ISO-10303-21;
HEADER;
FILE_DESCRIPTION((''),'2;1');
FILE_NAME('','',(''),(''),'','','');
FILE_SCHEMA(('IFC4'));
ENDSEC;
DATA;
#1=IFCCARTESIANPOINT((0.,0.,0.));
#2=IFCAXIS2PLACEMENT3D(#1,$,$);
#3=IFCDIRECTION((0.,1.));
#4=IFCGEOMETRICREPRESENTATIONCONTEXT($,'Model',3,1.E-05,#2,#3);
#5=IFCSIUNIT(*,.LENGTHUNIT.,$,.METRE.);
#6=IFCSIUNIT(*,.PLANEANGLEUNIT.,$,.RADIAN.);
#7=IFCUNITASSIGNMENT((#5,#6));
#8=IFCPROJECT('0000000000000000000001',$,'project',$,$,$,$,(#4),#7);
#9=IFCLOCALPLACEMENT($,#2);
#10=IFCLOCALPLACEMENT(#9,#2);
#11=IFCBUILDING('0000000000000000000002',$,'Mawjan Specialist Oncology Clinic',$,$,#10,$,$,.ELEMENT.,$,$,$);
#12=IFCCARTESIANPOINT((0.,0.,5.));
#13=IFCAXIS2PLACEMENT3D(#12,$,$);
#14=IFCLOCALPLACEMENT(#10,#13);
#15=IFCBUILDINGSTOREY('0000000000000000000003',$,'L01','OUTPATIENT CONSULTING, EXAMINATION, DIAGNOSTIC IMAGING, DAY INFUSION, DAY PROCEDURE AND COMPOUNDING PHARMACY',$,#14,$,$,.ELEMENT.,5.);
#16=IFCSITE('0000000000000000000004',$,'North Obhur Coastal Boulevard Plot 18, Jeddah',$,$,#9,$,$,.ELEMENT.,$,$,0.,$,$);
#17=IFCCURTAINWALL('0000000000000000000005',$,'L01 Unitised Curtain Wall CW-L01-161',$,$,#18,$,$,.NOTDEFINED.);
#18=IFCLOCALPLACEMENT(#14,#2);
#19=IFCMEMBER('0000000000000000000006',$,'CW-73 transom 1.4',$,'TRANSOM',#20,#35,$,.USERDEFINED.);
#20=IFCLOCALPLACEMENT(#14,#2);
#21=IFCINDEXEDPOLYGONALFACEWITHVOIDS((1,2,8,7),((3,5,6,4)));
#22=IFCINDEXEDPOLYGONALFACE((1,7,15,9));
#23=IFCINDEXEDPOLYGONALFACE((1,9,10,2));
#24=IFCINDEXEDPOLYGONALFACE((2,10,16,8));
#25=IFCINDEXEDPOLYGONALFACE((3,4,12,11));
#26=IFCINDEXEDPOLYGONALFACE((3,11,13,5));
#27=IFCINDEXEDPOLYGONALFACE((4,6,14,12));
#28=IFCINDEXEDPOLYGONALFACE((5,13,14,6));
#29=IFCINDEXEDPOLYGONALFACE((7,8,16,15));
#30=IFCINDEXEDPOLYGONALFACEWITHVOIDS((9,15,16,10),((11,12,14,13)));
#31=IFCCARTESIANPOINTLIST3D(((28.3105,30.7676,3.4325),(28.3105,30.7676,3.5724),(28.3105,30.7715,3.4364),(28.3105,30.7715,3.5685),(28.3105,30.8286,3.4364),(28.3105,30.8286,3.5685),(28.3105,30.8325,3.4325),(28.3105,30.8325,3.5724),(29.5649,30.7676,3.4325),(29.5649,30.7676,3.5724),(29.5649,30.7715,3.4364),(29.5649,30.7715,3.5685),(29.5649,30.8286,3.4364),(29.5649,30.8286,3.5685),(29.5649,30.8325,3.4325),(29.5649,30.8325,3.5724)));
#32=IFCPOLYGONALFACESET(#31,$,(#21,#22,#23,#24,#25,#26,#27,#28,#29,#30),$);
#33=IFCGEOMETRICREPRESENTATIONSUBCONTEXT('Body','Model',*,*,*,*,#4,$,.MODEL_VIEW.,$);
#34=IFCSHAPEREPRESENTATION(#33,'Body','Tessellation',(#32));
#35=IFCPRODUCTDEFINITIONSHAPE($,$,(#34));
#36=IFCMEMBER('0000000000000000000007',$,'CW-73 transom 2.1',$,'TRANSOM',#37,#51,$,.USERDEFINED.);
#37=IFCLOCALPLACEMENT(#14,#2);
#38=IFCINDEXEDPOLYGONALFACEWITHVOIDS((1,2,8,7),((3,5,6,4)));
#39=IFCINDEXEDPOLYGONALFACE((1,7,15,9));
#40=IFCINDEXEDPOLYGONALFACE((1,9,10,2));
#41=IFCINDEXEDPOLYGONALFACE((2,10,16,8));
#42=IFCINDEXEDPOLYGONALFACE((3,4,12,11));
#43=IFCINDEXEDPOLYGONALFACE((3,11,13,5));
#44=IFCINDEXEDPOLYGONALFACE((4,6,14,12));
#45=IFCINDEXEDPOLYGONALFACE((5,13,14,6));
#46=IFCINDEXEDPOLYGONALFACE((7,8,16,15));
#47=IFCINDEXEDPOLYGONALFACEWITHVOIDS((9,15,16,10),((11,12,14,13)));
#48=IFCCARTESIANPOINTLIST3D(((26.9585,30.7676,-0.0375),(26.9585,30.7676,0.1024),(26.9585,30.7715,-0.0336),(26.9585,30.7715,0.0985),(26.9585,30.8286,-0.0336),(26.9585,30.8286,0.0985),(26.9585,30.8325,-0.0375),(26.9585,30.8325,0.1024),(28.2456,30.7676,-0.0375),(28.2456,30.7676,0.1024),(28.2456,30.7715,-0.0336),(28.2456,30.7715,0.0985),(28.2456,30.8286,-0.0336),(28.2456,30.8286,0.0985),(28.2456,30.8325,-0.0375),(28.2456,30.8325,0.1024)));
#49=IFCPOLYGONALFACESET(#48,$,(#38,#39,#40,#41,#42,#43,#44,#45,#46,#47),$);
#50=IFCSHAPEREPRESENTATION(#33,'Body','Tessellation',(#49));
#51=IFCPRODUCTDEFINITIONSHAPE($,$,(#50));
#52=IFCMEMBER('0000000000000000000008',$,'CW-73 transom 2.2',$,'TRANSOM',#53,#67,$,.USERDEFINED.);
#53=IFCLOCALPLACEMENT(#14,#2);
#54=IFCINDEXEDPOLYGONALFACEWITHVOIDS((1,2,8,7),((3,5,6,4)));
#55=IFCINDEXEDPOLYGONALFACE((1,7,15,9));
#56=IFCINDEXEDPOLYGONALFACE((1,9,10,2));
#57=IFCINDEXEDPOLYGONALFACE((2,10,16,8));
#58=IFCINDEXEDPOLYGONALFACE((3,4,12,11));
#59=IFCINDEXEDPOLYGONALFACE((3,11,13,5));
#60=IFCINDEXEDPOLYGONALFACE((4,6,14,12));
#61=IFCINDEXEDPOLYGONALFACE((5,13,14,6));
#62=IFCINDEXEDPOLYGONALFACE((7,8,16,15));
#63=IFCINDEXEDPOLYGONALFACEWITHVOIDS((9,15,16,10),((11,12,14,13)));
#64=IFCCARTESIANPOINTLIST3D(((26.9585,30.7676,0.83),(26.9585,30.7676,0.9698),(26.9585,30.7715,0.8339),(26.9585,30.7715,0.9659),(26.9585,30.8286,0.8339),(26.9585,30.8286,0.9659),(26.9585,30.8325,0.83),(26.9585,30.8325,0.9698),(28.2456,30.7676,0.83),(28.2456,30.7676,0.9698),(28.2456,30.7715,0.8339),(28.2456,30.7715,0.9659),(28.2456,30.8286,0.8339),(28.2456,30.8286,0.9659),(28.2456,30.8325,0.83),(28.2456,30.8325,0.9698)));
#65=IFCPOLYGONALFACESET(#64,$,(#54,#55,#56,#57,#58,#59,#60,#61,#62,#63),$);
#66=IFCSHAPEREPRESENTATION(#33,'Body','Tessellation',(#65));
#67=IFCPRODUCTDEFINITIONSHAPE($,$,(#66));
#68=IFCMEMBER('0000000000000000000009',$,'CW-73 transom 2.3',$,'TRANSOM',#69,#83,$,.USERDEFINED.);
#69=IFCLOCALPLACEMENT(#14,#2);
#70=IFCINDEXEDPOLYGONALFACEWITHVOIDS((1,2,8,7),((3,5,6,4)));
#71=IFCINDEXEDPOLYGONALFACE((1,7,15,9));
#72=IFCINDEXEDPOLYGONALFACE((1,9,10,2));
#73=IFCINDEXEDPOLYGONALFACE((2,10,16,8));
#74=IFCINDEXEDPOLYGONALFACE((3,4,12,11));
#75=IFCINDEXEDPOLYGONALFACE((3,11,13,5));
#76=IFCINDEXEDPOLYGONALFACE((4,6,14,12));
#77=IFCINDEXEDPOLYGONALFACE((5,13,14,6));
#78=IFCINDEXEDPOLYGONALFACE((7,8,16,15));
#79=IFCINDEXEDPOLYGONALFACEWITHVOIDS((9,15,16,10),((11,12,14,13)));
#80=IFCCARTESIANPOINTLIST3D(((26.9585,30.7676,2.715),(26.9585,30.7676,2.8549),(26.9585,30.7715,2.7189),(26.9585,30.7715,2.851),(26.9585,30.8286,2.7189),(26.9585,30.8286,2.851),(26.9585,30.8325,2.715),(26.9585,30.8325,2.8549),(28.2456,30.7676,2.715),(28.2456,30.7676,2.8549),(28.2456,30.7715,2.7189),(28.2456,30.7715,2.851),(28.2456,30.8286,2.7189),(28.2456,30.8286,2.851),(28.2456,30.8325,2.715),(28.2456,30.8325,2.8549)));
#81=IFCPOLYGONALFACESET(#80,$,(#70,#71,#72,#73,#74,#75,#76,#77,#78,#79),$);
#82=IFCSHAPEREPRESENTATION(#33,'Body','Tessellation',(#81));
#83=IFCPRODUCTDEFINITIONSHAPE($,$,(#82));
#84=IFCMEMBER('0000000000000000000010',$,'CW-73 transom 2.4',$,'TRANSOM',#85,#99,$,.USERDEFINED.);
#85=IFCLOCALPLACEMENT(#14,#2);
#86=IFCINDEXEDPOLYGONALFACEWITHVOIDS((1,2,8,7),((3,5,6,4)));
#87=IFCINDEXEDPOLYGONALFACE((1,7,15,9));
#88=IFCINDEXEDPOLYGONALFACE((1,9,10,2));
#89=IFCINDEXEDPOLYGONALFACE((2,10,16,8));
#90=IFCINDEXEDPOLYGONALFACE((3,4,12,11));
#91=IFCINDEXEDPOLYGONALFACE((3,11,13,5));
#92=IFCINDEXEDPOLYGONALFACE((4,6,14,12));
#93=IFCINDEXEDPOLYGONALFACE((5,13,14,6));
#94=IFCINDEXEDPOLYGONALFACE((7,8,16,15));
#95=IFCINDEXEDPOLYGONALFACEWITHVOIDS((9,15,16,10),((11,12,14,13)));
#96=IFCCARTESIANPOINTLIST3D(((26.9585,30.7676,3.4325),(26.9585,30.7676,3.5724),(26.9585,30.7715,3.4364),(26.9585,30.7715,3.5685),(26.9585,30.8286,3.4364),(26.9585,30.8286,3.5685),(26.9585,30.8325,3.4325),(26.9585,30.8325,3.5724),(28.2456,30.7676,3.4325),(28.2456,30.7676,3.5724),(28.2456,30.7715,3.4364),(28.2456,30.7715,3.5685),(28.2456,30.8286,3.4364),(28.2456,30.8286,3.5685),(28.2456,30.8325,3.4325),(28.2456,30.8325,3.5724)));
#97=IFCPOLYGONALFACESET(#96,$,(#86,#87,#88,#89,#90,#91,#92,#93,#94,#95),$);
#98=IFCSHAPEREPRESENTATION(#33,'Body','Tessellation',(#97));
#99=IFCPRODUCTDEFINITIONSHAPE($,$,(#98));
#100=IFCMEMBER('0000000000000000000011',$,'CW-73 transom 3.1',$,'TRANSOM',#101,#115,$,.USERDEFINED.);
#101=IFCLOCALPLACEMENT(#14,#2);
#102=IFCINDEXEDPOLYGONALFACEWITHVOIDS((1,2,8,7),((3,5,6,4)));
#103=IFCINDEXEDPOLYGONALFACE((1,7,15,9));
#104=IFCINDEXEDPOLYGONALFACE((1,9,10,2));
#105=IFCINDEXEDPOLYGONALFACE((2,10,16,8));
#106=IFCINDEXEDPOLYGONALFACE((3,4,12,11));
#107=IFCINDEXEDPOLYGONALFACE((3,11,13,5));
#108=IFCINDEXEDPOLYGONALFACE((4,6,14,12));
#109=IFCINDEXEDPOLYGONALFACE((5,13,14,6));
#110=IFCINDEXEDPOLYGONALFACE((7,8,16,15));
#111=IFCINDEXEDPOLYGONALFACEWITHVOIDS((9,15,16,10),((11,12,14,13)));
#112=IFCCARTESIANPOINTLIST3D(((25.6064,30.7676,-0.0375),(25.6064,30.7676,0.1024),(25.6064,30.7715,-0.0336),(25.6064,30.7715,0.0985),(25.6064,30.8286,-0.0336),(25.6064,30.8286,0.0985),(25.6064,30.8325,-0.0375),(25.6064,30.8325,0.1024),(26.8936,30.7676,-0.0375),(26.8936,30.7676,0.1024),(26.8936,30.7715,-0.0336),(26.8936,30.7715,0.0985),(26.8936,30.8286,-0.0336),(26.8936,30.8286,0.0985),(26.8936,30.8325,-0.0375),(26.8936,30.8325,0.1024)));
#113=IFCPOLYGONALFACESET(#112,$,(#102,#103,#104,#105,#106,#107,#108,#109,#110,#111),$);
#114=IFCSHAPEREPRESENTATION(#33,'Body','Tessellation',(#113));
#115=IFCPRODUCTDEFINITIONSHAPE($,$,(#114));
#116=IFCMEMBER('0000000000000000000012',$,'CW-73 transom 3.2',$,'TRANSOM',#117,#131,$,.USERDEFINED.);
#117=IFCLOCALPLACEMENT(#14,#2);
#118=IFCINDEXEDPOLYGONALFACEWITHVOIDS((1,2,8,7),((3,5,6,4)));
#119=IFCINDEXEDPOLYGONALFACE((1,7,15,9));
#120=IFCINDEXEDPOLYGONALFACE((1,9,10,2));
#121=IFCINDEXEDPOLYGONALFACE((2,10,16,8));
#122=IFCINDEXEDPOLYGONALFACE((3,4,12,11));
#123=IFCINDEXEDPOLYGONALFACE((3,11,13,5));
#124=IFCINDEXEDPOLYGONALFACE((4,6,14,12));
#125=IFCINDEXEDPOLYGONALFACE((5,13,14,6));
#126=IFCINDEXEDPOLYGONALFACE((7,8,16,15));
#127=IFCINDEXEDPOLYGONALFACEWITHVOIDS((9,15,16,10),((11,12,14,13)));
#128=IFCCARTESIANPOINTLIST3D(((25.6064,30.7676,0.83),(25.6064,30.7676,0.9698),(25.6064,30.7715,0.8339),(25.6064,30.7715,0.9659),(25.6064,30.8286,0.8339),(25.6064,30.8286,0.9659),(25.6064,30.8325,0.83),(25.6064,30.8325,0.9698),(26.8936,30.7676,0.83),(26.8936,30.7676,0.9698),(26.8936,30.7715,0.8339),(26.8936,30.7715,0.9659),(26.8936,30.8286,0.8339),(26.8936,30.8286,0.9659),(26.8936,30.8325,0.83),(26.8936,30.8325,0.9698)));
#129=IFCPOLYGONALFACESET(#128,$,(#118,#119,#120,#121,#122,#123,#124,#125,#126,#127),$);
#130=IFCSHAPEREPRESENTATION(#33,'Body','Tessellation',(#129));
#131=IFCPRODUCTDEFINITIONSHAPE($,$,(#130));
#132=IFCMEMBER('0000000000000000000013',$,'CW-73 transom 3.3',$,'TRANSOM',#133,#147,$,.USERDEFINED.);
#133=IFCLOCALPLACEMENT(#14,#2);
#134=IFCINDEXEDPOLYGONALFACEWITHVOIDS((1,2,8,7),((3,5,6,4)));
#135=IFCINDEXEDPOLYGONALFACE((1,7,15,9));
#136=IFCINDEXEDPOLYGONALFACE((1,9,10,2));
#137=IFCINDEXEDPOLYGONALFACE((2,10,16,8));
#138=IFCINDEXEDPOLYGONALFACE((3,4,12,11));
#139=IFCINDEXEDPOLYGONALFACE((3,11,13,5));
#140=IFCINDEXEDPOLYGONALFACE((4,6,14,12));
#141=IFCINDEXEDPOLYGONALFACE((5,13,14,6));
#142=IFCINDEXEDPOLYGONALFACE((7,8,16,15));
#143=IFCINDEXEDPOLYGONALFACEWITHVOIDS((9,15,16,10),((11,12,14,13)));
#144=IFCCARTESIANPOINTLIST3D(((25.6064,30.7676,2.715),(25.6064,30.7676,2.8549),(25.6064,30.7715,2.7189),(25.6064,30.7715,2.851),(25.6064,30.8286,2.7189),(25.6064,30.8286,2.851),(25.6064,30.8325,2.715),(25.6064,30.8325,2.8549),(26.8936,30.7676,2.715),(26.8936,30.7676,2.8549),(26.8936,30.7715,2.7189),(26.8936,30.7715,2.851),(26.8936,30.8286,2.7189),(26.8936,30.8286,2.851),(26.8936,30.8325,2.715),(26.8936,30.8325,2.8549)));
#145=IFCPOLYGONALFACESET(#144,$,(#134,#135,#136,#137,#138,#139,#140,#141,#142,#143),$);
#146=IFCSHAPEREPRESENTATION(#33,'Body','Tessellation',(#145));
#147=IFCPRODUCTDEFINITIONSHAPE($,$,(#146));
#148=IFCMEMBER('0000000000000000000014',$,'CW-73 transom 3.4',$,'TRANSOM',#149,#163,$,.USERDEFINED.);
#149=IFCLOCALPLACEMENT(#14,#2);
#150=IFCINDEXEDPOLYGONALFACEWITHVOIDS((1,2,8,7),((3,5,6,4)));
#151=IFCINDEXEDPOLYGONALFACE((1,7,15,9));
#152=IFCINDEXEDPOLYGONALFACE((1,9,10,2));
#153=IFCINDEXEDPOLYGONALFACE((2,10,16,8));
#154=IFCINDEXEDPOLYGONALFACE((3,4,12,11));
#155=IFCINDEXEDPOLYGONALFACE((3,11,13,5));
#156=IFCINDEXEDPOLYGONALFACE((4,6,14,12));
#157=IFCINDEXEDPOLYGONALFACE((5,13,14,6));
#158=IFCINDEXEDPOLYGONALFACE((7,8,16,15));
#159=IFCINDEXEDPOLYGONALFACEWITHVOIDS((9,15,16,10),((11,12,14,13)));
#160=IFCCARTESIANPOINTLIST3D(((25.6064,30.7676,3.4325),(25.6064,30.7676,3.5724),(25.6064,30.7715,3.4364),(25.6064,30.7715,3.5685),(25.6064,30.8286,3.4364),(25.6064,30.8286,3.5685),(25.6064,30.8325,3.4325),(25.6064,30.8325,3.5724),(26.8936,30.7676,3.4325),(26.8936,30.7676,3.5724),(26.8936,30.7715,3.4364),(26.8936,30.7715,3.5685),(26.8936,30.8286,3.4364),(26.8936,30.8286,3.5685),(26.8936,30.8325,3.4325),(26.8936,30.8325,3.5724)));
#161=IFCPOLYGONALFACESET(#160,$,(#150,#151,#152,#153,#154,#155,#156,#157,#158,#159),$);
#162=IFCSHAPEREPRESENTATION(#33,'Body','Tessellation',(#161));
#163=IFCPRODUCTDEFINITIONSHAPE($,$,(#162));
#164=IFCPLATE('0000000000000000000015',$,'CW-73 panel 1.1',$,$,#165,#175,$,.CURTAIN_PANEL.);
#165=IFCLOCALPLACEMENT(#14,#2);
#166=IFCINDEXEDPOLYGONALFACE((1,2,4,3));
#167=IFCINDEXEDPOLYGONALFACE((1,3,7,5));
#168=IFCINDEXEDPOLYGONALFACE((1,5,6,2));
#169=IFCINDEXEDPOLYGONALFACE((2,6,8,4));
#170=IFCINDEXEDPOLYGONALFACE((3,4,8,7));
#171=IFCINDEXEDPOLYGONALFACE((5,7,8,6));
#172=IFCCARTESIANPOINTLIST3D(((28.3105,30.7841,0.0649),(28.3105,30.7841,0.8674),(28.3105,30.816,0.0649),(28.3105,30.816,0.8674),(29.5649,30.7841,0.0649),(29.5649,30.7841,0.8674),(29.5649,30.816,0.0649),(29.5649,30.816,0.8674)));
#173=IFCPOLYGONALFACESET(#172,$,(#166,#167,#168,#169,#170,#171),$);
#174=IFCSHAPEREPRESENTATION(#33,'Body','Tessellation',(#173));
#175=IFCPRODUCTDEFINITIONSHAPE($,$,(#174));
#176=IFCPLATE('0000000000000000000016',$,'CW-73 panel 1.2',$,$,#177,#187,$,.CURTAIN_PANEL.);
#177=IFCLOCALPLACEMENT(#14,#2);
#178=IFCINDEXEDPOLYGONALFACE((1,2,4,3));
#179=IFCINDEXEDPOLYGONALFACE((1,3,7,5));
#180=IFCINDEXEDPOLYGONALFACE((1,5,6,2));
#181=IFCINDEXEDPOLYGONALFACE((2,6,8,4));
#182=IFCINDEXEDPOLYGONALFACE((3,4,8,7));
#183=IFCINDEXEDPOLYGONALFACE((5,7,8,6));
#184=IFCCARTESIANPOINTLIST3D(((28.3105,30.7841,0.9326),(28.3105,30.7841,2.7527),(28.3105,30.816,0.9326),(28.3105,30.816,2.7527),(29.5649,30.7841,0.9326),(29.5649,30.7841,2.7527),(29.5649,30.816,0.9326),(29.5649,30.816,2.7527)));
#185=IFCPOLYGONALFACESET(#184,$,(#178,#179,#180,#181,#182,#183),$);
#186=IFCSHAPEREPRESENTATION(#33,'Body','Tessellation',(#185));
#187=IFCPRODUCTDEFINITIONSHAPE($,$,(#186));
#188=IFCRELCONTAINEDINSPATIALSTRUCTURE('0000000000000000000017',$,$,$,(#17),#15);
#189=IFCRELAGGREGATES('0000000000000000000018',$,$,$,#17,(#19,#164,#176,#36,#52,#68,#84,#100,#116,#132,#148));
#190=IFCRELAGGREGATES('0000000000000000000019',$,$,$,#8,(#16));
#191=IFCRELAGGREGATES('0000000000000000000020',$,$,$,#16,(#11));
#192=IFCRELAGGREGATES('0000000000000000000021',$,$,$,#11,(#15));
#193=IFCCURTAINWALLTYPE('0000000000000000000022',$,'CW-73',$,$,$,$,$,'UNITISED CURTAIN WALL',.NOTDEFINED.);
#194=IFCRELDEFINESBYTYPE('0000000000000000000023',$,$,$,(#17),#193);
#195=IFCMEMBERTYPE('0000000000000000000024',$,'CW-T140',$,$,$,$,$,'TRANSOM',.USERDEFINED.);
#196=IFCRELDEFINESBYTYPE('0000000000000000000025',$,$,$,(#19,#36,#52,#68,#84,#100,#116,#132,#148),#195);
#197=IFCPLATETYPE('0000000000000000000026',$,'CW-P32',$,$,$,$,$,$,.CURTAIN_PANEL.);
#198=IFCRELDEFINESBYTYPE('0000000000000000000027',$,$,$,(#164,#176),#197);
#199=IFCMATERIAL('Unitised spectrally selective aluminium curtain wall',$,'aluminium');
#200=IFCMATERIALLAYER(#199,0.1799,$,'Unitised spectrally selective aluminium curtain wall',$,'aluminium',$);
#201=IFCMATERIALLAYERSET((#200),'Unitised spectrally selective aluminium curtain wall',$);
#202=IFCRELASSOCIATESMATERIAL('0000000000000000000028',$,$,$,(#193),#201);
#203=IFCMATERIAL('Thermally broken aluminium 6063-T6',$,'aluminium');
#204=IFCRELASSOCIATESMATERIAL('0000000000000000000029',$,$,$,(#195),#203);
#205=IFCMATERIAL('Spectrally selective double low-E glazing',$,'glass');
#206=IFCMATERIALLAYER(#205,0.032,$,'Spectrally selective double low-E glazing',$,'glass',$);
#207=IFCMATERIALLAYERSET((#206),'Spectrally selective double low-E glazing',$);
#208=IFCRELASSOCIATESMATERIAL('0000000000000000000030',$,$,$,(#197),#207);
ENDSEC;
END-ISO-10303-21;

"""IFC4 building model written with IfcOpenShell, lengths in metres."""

from ifc_helpers import new_model, si_unit, direction, frame, origin, origin_2d, place, context, subcontext, project, spatial, rectangle, hollow_rectangle, extrude, material, layer, layer_set, material_profile, profile_set, type_object, element, aggregate, save


model = new_model("IFC4")

# Units and contexts
model_context = context("Model", 3, precision=1e-05, world=origin(), true_north=direction((0.0, 1.0)))
body_context = subcontext(model_context, "Body", "Model", "MODEL_VIEW")
ifc_project = project(units=[si_unit("LENGTHUNIT", "METRE"), si_unit("PLANEANGLEUNIT", "RADIAN")], contexts=[model_context])

# Site, building, storey
site_placement = place(None, origin())
site = spatial("IfcSite", under=ifc_project, at=site_placement, Name="North Obhur Coastal Boulevard Plot 18, Jeddah", CompositionType="ELEMENT", RefElevation=0.0)
building_placement = place(site_placement, origin())
building = spatial("IfcBuilding", under=site, at=building_placement, Name="Mawjan Specialist Oncology Clinic", CompositionType="ELEMENT")
storey_placement = place(building_placement, frame((0.0, 0.0, 5.0)))
storey = spatial("IfcBuildingStorey", under=building, at=storey_placement, Name="L01", Description="OUTPATIENT CONSULTING, EXAMINATION, DIAGNOSTIC IMAGING, DAY INFUSION, DAY PROCEDURE AND COMPOUNDING PHARMACY", CompositionType="ELEMENT", Elevation=5.0)

# Curtain wall, members, plates
ifc_material_1 = material(Name="Unitised spectrally selective aluminium curtain wall", Category="aluminium")
ifc_layer_1 = layer(ifc_material_1, 0.1799, Name="Unitised spectrally selective aluminium curtain wall", Category="aluminium")
ifc_layer_set_1 = layer_set([ifc_layer_1], Name="Unitised spectrally selective aluminium curtain wall")
curtain_wall_type = type_object("IfcCurtainWallType", Name="CW-73", ElementType="UNITISED CURTAIN WALL", PredefinedType="NOTDEFINED", material=ifc_layer_set_1)
curtain_wall_placement = place(storey_placement, origin())
curtain_wall = element("IfcCurtainWall", 1, at=curtain_wall_placement, inside=storey, type_object=curtain_wall_type, Name="L01 Unitised Curtain Wall CW-L01-161", PredefinedType="NOTDEFINED")
ifc_material_2 = material(Name="Thermally broken aluminium 6063-T6", Category="aluminium")
ifc_material_profile_1 = material_profile(ifc_material_2, hollow_rectangle(XDim=0.0649, YDim=0.1399, WallThickness=0.0039, at=origin_2d()), Name="ALU TRANSOM 140x65x4", Category="aluminium")
ifc_profile_set_1 = profile_set([ifc_material_profile_1], Name="Thermally broken aluminium 6063-T6")
member_type_1 = type_object("IfcMemberType", Name="CW-T140", ElementType="TRANSOM", PredefinedType="USERDEFINED", material=ifc_profile_set_1)
member_1_placement = place(storey_placement, frame((29.5649, 30.8, 3.5024), z_axis=(-1.0, 0.0, 0.0), x_axis=(0.0, -1.0, 0.0)))
member_1 = element("IfcMember", 2, at=member_1_placement, type_object=member_type_1, Name="CW-73 transom 1.4", ObjectType="TRANSOM", PredefinedType="USERDEFINED", context=body_context, shape_type="SweptSolid", body=[
    extrude(hollow_rectangle(XDim=0.0649, YDim=0.1399, WallThickness=0.0039, at=origin_2d()), origin(), (0.0, 0.0, 1.0), 1.2544),
])
member_2_placement = place(storey_placement, frame((28.2456, 30.8, 0.0325), z_axis=(-1.0, 0.0, 0.0), x_axis=(0.0, -1.0, 0.0)))
member_2 = element("IfcMember", 3, at=member_2_placement, type_object=member_type_1, Name="CW-73 transom 2.1", ObjectType="TRANSOM", PredefinedType="USERDEFINED", context=body_context, shape_type="SweptSolid", body=[
    extrude(hollow_rectangle(XDim=0.0649, YDim=0.1399, WallThickness=0.0039, at=origin_2d()), origin(), (0.0, 0.0, 1.0), 1.2871),
])
member_3_placement = place(storey_placement, frame((28.2456, 30.8, 0.8999), z_axis=(-1.0, 0.0, 0.0), x_axis=(0.0, -1.0, 0.0)))
member_3 = element("IfcMember", 4, at=member_3_placement, type_object=member_type_1, Name="CW-73 transom 2.2", ObjectType="TRANSOM", PredefinedType="USERDEFINED", context=body_context, shape_type="SweptSolid", body=[
    extrude(hollow_rectangle(XDim=0.0649, YDim=0.1399, WallThickness=0.0039, at=origin_2d()), origin(), (0.0, 0.0, 1.0), 1.2871),
])
member_4_placement = place(storey_placement, frame((28.2456, 30.8, 2.7849), z_axis=(-1.0, 0.0, 0.0), x_axis=(0.0, -1.0, 0.0)))
member_4 = element("IfcMember", 5, at=member_4_placement, type_object=member_type_1, Name="CW-73 transom 2.3", ObjectType="TRANSOM", PredefinedType="USERDEFINED", context=body_context, shape_type="SweptSolid", body=[
    extrude(hollow_rectangle(XDim=0.0649, YDim=0.1399, WallThickness=0.0039, at=origin_2d()), origin(), (0.0, 0.0, 1.0), 1.2871),
])
member_5_placement = place(storey_placement, frame((28.2456, 30.8, 3.5024), z_axis=(-1.0, 0.0, 0.0), x_axis=(0.0, -1.0, 0.0)))
member_5 = element("IfcMember", 6, at=member_5_placement, type_object=member_type_1, Name="CW-73 transom 2.4", ObjectType="TRANSOM", PredefinedType="USERDEFINED", context=body_context, shape_type="SweptSolid", body=[
    extrude(hollow_rectangle(XDim=0.0649, YDim=0.1399, WallThickness=0.0039, at=origin_2d()), origin(), (0.0, 0.0, 1.0), 1.2871),
])
member_6_placement = place(storey_placement, frame((26.8936, 30.8, 0.0325), z_axis=(-1.0, 0.0, 0.0), x_axis=(0.0, -1.0, 0.0)))
member_6 = element("IfcMember", 7, at=member_6_placement, type_object=member_type_1, Name="CW-73 transom 3.1", ObjectType="TRANSOM", PredefinedType="USERDEFINED", context=body_context, shape_type="SweptSolid", body=[
    extrude(hollow_rectangle(XDim=0.0649, YDim=0.1399, WallThickness=0.0039, at=origin_2d()), origin(), (0.0, 0.0, 1.0), 1.2871),
])
member_7_placement = place(storey_placement, frame((26.8936, 30.8, 0.8999), z_axis=(-1.0, 0.0, 0.0), x_axis=(0.0, -1.0, 0.0)))
member_7 = element("IfcMember", 8, at=member_7_placement, type_object=member_type_1, Name="CW-73 transom 3.2", ObjectType="TRANSOM", PredefinedType="USERDEFINED", context=body_context, shape_type="SweptSolid", body=[
    extrude(hollow_rectangle(XDim=0.0649, YDim=0.1399, WallThickness=0.0039, at=origin_2d()), origin(), (0.0, 0.0, 1.0), 1.2871),
])
member_8_placement = place(storey_placement, frame((26.8936, 30.8, 2.7849), z_axis=(-1.0, 0.0, 0.0), x_axis=(0.0, -1.0, 0.0)))
member_8 = element("IfcMember", 9, at=member_8_placement, type_object=member_type_1, Name="CW-73 transom 3.3", ObjectType="TRANSOM", PredefinedType="USERDEFINED", context=body_context, shape_type="SweptSolid", body=[
    extrude(hollow_rectangle(XDim=0.0649, YDim=0.1399, WallThickness=0.0039, at=origin_2d()), origin(), (0.0, 0.0, 1.0), 1.2871),
])
member_9_placement = place(storey_placement, frame((26.8936, 30.8, 3.5024), z_axis=(-1.0, 0.0, 0.0), x_axis=(0.0, -1.0, 0.0)))
member_9 = element("IfcMember", 10, at=member_9_placement, type_object=member_type_1, Name="CW-73 transom 3.4", ObjectType="TRANSOM", PredefinedType="USERDEFINED", context=body_context, shape_type="SweptSolid", body=[
    extrude(hollow_rectangle(XDim=0.0649, YDim=0.1399, WallThickness=0.0039, at=origin_2d()), origin(), (0.0, 0.0, 1.0), 1.2871),
])
ifc_material_3 = material(Name="Spectrally selective double low-E glazing", Category="glass")
ifc_layer_2 = layer(ifc_material_3, 0.032, Name="Spectrally selective double low-E glazing", Category="glass")
ifc_layer_set_2 = layer_set([ifc_layer_2], Name="Spectrally selective double low-E glazing")
plate_type = type_object("IfcPlateType", Name="CW-P32", PredefinedType="CURTAIN_PANEL", material=ifc_layer_set_2)
plate_1_placement = place(storey_placement, frame((28.9377, 30.8, 0.0649), z_axis=(0.0, 0.0, 1.0), x_axis=(-1.0, 0.0, 0.0)))
plate_1 = element("IfcPlate", 11, at=plate_1_placement, type_object=plate_type, Name="CW-73 panel 1.1", PredefinedType="CURTAIN_PANEL", context=body_context, shape_type="SweptSolid", body=[
    extrude(rectangle(XDim=1.2544, YDim=0.032, at=origin_2d()), origin(), (0.0, 0.0, 1.0), 0.8025),
])
plate_2_placement = place(storey_placement, frame((28.9377, 30.8, 0.9326), z_axis=(0.0, 0.0, 1.0), x_axis=(-1.0, 0.0, 0.0)))
plate_2 = element("IfcPlate", 12, at=plate_2_placement, type_object=plate_type, Name="CW-73 panel 1.2", PredefinedType="CURTAIN_PANEL", context=body_context, shape_type="SweptSolid", body=[
    extrude(rectangle(XDim=1.2544, YDim=0.032, at=origin_2d()), origin(), (0.0, 0.0, 1.0), 1.8201),
])
aggregate(curtain_wall, [member_1, plate_1, plate_2, member_2, member_3, member_4, member_5, member_6, member_7, member_8, member_9])

save(model, "model.ifc")
